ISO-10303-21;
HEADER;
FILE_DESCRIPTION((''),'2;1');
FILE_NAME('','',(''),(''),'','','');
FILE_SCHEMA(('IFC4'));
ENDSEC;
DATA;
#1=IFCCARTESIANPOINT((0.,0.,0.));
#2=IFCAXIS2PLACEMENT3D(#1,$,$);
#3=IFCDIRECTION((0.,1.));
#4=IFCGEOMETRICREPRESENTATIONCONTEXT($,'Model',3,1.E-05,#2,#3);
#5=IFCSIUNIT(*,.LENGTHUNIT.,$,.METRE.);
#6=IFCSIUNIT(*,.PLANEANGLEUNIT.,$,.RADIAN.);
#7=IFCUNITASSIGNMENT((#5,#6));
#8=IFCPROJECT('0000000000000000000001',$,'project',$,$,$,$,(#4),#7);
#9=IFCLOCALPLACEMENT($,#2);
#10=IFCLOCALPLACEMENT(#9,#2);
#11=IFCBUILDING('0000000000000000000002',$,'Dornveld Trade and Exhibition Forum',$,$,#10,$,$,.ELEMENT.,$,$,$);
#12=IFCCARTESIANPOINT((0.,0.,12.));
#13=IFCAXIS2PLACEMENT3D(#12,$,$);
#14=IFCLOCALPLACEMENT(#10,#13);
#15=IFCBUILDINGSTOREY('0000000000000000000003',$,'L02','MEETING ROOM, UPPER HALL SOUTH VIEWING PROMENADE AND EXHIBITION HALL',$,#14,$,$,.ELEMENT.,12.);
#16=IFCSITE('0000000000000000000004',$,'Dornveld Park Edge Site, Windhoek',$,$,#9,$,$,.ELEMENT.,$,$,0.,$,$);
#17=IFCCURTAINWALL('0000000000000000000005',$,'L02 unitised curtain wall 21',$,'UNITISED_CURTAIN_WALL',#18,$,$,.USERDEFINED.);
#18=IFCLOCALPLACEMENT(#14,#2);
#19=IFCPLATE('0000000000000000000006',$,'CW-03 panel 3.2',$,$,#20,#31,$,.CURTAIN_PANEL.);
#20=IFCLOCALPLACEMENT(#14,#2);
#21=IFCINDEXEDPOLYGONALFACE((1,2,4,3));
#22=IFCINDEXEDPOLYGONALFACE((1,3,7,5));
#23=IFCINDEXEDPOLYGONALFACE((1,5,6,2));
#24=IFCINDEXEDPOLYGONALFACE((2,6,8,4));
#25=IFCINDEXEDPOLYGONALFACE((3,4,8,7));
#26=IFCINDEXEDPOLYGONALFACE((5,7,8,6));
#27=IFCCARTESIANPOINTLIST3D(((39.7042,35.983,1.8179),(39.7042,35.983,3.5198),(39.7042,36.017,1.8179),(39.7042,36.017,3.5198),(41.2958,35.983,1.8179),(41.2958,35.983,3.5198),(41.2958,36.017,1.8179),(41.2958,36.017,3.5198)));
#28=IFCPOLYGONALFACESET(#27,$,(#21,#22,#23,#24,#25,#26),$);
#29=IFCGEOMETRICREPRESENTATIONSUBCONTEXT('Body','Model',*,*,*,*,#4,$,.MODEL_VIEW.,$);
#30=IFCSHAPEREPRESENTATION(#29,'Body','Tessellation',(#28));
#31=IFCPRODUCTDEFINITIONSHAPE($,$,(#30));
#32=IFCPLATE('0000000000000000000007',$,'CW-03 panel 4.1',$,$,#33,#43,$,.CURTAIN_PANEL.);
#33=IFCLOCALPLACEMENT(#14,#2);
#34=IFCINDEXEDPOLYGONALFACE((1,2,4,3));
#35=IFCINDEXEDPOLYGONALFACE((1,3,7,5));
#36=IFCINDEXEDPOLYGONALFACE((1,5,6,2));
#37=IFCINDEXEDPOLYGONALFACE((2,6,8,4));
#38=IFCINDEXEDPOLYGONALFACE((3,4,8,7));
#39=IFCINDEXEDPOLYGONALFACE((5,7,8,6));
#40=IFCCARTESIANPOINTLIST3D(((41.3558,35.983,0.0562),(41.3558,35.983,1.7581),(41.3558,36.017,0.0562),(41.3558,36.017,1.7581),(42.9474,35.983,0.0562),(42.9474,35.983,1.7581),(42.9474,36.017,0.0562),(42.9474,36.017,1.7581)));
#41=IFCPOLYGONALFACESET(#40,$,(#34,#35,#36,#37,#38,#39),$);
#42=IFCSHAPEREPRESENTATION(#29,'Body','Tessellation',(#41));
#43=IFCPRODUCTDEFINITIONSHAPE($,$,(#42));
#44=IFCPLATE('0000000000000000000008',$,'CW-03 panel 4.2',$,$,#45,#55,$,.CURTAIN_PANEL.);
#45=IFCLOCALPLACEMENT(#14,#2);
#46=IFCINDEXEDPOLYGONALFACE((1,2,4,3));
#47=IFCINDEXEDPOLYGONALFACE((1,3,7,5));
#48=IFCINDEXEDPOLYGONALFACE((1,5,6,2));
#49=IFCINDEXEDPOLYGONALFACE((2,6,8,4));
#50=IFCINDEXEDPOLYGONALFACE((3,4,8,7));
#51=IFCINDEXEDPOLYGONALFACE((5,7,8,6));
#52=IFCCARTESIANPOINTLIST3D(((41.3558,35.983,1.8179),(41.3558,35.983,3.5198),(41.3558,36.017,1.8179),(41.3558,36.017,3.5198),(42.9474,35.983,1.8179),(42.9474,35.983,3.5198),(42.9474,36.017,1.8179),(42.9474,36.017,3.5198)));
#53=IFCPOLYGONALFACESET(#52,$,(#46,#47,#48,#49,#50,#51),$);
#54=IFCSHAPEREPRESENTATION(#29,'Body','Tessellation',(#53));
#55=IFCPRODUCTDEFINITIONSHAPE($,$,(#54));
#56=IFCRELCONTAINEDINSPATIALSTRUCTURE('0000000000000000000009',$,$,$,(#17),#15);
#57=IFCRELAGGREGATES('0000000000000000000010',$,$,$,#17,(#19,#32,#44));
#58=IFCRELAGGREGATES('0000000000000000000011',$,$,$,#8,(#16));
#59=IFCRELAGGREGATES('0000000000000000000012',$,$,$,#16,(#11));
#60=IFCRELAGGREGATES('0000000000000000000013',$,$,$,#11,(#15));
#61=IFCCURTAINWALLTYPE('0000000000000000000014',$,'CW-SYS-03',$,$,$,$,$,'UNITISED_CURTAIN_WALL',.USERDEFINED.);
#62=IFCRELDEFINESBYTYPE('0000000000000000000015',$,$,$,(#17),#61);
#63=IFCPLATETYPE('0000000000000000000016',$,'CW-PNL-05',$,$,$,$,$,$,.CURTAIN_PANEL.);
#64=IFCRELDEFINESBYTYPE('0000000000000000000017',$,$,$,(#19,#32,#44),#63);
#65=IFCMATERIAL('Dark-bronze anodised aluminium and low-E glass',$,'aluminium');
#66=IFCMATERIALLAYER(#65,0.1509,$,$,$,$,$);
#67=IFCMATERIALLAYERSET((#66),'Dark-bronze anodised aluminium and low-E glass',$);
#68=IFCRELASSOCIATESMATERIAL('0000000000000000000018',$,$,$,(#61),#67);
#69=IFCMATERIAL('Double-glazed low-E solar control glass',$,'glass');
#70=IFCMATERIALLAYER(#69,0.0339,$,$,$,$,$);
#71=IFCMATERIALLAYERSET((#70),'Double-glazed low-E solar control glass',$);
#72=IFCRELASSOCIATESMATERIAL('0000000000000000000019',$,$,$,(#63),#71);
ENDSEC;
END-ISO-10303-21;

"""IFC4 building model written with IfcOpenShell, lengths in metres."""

from ifc_helpers import new_model, si_unit, direction, frame, origin, origin_2d, place, context, subcontext, project, spatial, rectangle, extrude, material, layer, layer_set, type_object, element, aggregate, save


model = new_model("IFC4")

# Units and contexts
model_context = context("Model", 3, precision=1e-05, world=origin(), true_north=direction((0.0, 1.0)))
body_context = subcontext(model_context, "Body", "Model", "MODEL_VIEW")
ifc_project = project(units=[si_unit("LENGTHUNIT", "METRE"), si_unit("PLANEANGLEUNIT", "RADIAN")], contexts=[model_context])

# Site, building, storey
site_placement = place(None, origin())
site = spatial("IfcSite", under=ifc_project, at=site_placement, Name="Dornveld Park Edge Site, Windhoek", CompositionType="ELEMENT", RefElevation=0.0)
building_placement = place(site_placement, origin())
building = spatial("IfcBuilding", under=site, at=building_placement, Name="Dornveld Trade and Exhibition Forum", CompositionType="ELEMENT")
storey_placement = place(building_placement, frame((0.0, 0.0, 12.0)))
storey = spatial("IfcBuildingStorey", under=building, at=storey_placement, Name="L02", Description="MEETING ROOM, UPPER HALL SOUTH VIEWING PROMENADE AND EXHIBITION HALL", CompositionType="ELEMENT", Elevation=12.0)

# Curtain wall, plates
ifc_material_1 = material(Name="Dark-bronze anodised aluminium and low-E glass", Category="aluminium")
ifc_layer_1 = layer(ifc_material_1, 0.1509)
ifc_layer_set_1 = layer_set([ifc_layer_1], Name="Dark-bronze anodised aluminium and low-E glass")
curtain_wall_type = type_object("IfcCurtainWallType", Name="CW-SYS-03", ElementType="UNITISED_CURTAIN_WALL", PredefinedType="USERDEFINED", material=ifc_layer_set_1)
curtain_wall_placement = place(storey_placement, origin())
curtain_wall = element("IfcCurtainWall", 1, at=curtain_wall_placement, inside=storey, type_object=curtain_wall_type, Name="L02 unitised curtain wall 21", ObjectType="UNITISED_CURTAIN_WALL", PredefinedType="USERDEFINED")
ifc_material_2 = material(Name="Double-glazed low-E solar control glass", Category="glass")
ifc_layer_2 = layer(ifc_material_2, 0.0339)
ifc_layer_set_2 = layer_set([ifc_layer_2], Name="Double-glazed low-E solar control glass")
plate_type = type_object("IfcPlateType", Name="CW-PNL-05", PredefinedType="CURTAIN_PANEL", material=ifc_layer_set_2)
plate_1_placement = place(storey_placement, frame((40.5, 36.0, 1.8179), z_axis=(0.0, 0.0, 1.0), x_axis=(1.0, 0.0, 0.0)))
plate_1 = element("IfcPlate", 2, at=plate_1_placement, type_object=plate_type, Name="CW-03 panel 3.2", PredefinedType="CURTAIN_PANEL", context=body_context, shape_type="SweptSolid", body=[
    extrude(rectangle(XDim=1.5916, YDim=0.0339, at=origin_2d()), origin(), (0.0, 0.0, 1.0), 1.7019),
])
plate_2_placement = place(storey_placement, frame((42.1516, 36.0, 0.0562), z_axis=(0.0, 0.0, 1.0), x_axis=(1.0, 0.0, 0.0)))
plate_2 = element("IfcPlate", 3, at=plate_2_placement, type_object=plate_type, Name="CW-03 panel 4.1", PredefinedType="CURTAIN_PANEL", context=body_context, shape_type="SweptSolid", body=[
    extrude(rectangle(XDim=1.5916, YDim=0.0339, at=origin_2d()), origin(), (0.0, 0.0, 1.0), 1.7019),
])
plate_3_placement = place(storey_placement, frame((42.1516, 36.0, 1.8179), z_axis=(0.0, 0.0, 1.0), x_axis=(1.0, 0.0, 0.0)))
plate_3 = element("IfcPlate", 4, at=plate_3_placement, type_object=plate_type, Name="CW-03 panel 4.2", PredefinedType="CURTAIN_PANEL", context=body_context, shape_type="SweptSolid", body=[
    extrude(rectangle(XDim=1.5916, YDim=0.0339, at=origin_2d()), origin(), (0.0, 0.0, 1.0), 1.7019),
])
aggregate(curtain_wall, [plate_1, plate_2, plate_3])

save(model, "model.ifc")
